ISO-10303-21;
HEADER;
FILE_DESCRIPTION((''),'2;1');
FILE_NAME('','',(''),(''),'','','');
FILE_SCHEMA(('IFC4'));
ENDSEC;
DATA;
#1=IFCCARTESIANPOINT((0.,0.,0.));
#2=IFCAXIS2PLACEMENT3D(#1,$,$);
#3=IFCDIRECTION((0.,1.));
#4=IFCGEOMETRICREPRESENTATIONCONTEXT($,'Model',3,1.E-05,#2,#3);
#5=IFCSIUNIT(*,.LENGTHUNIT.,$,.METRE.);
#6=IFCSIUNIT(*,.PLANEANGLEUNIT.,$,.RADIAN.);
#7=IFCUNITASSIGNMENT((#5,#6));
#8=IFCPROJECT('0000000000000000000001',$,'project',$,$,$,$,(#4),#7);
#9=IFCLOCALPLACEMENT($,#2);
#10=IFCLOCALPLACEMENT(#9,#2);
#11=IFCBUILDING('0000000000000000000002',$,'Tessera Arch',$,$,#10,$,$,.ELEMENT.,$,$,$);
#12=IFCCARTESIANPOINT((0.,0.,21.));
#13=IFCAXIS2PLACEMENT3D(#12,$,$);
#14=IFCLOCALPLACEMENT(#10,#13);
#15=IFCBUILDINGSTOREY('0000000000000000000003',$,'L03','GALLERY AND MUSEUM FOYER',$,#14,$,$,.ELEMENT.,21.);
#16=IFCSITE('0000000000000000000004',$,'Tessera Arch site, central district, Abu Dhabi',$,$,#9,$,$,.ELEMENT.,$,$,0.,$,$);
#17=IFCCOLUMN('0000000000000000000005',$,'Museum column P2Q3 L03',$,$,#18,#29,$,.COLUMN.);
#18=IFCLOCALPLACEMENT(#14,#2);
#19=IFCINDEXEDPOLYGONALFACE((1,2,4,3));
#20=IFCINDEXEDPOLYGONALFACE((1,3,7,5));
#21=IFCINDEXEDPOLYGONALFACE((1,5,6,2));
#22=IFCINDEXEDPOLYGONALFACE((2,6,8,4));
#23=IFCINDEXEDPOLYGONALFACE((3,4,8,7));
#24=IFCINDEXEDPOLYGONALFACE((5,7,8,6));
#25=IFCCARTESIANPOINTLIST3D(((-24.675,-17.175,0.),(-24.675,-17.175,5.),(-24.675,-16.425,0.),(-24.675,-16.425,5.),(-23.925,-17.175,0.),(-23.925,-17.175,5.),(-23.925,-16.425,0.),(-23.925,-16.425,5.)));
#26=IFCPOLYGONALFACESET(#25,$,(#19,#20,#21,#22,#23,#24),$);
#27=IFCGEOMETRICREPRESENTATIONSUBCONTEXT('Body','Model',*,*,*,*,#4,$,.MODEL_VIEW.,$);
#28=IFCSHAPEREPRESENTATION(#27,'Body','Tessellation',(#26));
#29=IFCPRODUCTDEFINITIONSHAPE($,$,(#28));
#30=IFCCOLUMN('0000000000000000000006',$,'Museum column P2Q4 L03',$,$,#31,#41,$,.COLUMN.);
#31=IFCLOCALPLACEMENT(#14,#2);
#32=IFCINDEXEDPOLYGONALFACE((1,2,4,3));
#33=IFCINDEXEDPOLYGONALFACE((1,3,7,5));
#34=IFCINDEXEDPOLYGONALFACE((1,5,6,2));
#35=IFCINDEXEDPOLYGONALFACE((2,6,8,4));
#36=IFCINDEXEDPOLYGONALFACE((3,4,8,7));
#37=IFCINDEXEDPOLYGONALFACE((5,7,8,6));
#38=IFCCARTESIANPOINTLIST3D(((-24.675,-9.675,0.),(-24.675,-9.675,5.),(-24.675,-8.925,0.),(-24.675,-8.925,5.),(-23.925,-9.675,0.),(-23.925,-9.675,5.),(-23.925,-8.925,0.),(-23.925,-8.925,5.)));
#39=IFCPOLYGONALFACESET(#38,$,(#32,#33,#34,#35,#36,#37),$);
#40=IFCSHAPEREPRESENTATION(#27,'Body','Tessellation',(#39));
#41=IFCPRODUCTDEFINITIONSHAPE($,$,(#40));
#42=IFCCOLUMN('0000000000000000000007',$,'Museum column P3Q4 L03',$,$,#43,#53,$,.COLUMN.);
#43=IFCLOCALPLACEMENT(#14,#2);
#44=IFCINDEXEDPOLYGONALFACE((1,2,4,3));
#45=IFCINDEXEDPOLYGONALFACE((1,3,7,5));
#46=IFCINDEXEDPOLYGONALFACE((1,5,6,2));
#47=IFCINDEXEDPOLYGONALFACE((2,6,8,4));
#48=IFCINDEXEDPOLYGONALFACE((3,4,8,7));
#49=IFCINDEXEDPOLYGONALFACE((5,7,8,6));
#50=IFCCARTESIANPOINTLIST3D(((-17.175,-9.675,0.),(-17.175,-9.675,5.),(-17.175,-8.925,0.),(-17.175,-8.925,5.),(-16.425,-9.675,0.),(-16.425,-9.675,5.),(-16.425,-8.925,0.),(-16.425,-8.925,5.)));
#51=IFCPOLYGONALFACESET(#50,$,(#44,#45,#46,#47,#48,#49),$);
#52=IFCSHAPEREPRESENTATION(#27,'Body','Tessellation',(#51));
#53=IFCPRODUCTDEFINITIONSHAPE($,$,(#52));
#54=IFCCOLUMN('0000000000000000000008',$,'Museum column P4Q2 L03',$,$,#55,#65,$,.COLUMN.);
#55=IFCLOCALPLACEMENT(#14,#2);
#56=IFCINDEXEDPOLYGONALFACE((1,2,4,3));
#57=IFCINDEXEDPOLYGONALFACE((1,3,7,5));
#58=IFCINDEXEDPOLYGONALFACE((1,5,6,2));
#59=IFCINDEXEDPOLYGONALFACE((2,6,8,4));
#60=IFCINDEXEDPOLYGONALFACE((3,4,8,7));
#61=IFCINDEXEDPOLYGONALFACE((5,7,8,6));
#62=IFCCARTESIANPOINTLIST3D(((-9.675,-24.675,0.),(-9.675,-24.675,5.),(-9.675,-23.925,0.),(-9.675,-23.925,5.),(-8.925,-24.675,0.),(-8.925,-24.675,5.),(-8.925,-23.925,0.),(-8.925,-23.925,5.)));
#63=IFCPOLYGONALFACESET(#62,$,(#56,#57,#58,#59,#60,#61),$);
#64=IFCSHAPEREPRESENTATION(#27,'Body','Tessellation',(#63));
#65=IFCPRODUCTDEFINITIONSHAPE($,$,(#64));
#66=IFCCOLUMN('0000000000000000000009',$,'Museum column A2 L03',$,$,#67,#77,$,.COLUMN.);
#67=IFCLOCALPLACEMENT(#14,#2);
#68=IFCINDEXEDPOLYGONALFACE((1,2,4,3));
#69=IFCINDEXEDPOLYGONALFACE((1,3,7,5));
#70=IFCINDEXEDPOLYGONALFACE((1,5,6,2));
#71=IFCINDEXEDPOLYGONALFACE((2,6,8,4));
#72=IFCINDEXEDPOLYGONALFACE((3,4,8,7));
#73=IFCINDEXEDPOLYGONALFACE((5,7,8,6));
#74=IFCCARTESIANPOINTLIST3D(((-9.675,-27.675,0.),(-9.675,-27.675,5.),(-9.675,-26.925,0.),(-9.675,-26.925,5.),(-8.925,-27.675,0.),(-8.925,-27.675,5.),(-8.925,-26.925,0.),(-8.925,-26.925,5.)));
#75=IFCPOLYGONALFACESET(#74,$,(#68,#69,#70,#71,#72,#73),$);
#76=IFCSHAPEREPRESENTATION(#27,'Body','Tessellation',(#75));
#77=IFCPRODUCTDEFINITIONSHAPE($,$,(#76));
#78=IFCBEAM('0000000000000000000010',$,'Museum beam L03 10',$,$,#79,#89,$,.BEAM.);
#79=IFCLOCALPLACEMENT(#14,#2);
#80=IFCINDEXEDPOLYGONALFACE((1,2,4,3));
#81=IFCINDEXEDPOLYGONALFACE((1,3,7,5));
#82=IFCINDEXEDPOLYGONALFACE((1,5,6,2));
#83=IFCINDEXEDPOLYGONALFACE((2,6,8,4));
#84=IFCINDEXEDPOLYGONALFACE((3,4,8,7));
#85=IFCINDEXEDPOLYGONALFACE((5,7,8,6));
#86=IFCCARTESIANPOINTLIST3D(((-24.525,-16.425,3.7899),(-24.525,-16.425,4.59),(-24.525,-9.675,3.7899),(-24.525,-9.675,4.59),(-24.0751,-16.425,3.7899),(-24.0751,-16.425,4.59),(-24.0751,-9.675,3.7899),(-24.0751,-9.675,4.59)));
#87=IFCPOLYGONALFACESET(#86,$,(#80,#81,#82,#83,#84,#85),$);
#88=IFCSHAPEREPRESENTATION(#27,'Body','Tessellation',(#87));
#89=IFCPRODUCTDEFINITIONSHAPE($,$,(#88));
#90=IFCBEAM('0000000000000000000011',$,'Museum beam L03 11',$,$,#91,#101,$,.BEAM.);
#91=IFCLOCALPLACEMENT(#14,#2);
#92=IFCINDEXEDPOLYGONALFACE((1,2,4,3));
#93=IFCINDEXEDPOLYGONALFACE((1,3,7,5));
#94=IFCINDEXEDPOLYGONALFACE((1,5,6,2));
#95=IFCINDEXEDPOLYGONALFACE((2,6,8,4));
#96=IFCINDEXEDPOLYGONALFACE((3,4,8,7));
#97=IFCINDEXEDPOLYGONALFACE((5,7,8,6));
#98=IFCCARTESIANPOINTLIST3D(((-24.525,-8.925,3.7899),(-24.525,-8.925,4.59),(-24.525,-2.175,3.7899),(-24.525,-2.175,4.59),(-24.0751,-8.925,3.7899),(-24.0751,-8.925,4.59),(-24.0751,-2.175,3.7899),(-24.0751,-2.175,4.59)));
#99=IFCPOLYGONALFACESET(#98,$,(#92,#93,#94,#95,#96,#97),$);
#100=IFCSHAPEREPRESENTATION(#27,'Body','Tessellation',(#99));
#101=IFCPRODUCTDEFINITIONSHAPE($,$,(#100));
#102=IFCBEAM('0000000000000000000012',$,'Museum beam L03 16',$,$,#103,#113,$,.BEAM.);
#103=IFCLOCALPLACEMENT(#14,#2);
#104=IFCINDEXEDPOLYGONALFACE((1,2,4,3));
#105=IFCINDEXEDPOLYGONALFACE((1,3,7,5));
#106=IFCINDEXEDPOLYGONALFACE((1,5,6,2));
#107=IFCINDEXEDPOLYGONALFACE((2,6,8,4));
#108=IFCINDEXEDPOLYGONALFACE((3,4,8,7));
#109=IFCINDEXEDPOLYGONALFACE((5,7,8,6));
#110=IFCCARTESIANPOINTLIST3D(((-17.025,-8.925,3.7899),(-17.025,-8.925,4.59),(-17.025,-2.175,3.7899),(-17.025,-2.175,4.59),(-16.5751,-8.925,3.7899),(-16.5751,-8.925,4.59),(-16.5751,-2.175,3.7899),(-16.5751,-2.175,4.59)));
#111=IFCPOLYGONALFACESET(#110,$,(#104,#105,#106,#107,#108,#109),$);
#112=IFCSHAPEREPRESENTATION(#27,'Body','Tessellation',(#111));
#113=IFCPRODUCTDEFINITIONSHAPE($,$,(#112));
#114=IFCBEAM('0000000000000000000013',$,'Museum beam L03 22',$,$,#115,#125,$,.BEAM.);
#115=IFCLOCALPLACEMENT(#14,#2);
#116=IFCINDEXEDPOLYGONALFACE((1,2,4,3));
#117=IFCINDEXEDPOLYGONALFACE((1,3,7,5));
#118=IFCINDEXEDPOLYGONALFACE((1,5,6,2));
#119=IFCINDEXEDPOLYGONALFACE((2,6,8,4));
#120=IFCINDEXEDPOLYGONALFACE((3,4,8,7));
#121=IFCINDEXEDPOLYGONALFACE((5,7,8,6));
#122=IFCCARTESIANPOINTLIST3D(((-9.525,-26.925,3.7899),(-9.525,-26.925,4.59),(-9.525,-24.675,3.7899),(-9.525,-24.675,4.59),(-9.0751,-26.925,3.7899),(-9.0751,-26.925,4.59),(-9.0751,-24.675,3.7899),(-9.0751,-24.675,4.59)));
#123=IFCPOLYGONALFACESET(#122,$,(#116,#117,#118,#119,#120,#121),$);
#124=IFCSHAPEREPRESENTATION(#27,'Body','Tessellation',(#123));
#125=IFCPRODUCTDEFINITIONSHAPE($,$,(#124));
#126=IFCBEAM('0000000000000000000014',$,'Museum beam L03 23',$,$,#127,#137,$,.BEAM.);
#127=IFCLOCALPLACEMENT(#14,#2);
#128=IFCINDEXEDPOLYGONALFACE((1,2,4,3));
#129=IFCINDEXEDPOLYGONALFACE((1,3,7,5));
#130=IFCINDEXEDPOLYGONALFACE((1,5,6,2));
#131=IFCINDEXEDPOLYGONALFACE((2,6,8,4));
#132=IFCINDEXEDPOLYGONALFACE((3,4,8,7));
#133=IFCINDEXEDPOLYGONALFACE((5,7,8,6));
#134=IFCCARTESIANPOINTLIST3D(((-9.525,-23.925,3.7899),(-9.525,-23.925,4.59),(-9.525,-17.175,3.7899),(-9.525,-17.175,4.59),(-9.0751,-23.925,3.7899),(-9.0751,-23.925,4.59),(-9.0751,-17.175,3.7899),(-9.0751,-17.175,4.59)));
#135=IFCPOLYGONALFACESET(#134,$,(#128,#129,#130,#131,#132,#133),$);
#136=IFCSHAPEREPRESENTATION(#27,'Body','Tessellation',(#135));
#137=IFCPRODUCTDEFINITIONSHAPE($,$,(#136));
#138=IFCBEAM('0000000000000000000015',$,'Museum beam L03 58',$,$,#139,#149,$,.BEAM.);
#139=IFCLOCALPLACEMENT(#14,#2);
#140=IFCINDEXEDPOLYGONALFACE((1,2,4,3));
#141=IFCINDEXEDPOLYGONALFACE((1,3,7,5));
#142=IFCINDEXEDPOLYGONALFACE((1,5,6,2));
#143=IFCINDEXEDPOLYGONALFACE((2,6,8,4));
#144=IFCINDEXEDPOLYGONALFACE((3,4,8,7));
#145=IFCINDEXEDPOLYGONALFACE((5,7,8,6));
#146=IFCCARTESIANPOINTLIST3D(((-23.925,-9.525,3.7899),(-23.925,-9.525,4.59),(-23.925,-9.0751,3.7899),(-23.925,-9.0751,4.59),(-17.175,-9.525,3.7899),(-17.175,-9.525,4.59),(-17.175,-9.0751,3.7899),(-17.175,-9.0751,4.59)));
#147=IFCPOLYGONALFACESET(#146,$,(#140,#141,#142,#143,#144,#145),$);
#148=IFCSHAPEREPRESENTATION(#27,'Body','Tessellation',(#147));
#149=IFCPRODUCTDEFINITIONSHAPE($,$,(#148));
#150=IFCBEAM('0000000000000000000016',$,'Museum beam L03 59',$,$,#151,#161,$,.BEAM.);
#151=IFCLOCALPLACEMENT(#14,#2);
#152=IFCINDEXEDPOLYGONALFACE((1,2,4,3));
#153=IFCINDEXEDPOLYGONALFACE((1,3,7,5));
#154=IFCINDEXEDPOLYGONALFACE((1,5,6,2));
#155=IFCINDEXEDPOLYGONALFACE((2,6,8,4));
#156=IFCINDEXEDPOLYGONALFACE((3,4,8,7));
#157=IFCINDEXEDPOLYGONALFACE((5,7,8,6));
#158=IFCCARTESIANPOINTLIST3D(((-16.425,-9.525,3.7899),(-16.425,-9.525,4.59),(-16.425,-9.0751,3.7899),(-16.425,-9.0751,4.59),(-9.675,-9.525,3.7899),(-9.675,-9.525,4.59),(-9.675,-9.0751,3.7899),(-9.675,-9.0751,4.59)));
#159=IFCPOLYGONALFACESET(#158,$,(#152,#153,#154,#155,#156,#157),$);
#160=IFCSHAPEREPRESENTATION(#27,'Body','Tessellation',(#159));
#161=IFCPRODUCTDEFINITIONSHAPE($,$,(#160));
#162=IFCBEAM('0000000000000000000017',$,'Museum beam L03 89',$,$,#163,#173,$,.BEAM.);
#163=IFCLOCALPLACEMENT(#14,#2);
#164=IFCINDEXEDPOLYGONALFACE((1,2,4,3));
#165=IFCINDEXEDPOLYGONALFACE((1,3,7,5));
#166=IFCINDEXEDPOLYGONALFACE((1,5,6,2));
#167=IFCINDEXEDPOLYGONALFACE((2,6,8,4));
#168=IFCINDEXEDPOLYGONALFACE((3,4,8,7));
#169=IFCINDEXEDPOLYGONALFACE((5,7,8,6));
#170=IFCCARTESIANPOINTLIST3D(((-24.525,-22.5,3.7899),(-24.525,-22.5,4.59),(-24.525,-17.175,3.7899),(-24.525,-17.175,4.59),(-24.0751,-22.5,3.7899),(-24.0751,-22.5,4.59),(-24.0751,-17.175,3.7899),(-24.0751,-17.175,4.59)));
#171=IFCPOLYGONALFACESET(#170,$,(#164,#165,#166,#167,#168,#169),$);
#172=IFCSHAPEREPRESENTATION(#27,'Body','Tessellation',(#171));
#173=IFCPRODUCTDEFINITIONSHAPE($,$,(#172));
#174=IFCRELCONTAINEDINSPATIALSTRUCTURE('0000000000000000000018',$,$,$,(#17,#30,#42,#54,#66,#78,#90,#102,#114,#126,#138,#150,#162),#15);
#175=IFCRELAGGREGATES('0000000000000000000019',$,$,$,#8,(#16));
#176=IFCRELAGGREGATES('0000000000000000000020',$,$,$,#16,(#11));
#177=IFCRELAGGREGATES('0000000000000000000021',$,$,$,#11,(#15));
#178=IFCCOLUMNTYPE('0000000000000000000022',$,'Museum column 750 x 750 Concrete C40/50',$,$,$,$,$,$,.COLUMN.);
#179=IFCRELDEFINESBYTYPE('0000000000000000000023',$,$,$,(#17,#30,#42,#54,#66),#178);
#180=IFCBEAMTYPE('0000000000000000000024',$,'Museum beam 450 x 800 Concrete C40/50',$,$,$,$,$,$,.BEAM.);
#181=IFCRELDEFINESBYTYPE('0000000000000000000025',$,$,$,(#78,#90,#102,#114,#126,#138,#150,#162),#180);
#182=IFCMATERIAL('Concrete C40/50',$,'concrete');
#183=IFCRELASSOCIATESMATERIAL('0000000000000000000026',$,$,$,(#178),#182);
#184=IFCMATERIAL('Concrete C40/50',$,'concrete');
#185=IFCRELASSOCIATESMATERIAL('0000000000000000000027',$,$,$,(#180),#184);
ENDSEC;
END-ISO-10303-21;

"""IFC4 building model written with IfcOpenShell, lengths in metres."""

from ifc_helpers import new_model, si_unit, direction, frame, origin, origin_2d, place, context, subcontext, project, spatial, rectangle, extrude, material, material_profile, profile_set, type_object, element, save


model = new_model("IFC4")

# Units and contexts
model_context = context("Model", 3, precision=1e-05, world=origin(), true_north=direction((0.0, 1.0)))
body_context = subcontext(model_context, "Body", "Model", "MODEL_VIEW")
ifc_project = project(units=[si_unit("LENGTHUNIT", "METRE"), si_unit("PLANEANGLEUNIT", "RADIAN")], contexts=[model_context])

# Site, building, storey
site_placement = place(None, origin())
site = spatial("IfcSite", under=ifc_project, at=site_placement, Name="Tessera Arch site, central district, Abu Dhabi", CompositionType="ELEMENT", RefElevation=0.0)
building_placement = place(site_placement, origin())
building = spatial("IfcBuilding", under=site, at=building_placement, Name="Tessera Arch", CompositionType="ELEMENT")
storey_placement = place(building_placement, frame((0.0, 0.0, 21.0)))
storey = spatial("IfcBuildingStorey", under=building, at=storey_placement, Name="L03", Description="GALLERY AND MUSEUM FOYER", CompositionType="ELEMENT", Elevation=21.0)

# Columns
ifc_material_1 = material(Name="Concrete C40/50", Category="concrete")
ifc_material_profile_1 = material_profile(ifc_material_1, rectangle(XDim=0.75, YDim=0.75, at=origin_2d()), Name="Museum column 750 x 750 Concrete C40/50")
ifc_profile_set_1 = profile_set([ifc_material_profile_1], Name="Concrete C40/50")
column_type = type_object("IfcColumnType", Name="Museum column 750 x 750 Concrete C40/50", PredefinedType="COLUMN", material=ifc_profile_set_1)
for number, where, z_axis, x_axis, name in (
    (1, (-24.3, -16.8, 0.0), (0.0, 0.0, 1.0), (1.0, 0.0, 0.0), "Museum column P2Q3 L03"),
    (2, (-24.3, -9.3, 0.0), (0.0, 0.0, 1.0), (1.0, 0.0, 0.0), "Museum column P2Q4 L03"),
    (3, (-16.8, -9.3, 0.0), (0.0, 0.0, 1.0), (1.0, 0.0, 0.0), "Museum column P3Q4 L03"),
    (4, (-9.3, -24.3, 0.0), (0.0, 0.0, 1.0), (1.0, 0.0, 0.0), "Museum column P4Q2 L03"),
    (5, (-9.3, -27.3, 0.0), (0.0, 0.0, 1.0), (1.0, 0.0, 0.0), "Museum column A2 L03"),
):
    element("IfcColumn", number, at=place(storey_placement, frame(where, z_axis=z_axis, x_axis=x_axis)), inside=storey, type_object=column_type, Name=name, PredefinedType="COLUMN", context=body_context, shape_type="SweptSolid", body=[
        extrude(rectangle(XDim=0.75, YDim=0.75, at=origin_2d()), origin(), (0.0, 0.0, 1.0), 5.0),
    ])

# Beams
ifc_material_2 = material(Name="Concrete C40/50", Category="concrete")
ifc_material_profile_2 = material_profile(ifc_material_2, rectangle(XDim=0.45, YDim=0.8, at=origin_2d()), Name="Museum beam 450 x 800 Concrete C40/50")
ifc_profile_set_2 = profile_set([ifc_material_profile_2], Name="Concrete C40/50")
beam_type = type_object("IfcBeamType", Name="Museum beam 450 x 800 Concrete C40/50", PredefinedType="BEAM", material=ifc_profile_set_2)
for number, where, z_axis, x_axis, name in (
    (6, (-24.3, -16.425, 4.1899), (0.0, 1.0, 0.0), (-1.0, 0.0, 0.0), "Museum beam L03 10"),
    (7, (-24.3, -8.925, 4.1899), (0.0, 1.0, 0.0), (-1.0, 0.0, 0.0), "Museum beam L03 11"),
    (8, (-16.8, -8.925, 4.1899), (0.0, 1.0, 0.0), (-1.0, 0.0, 0.0), "Museum beam L03 16"),
):
    element("IfcBeam", number, at=place(storey_placement, frame(where, z_axis=z_axis, x_axis=x_axis)), inside=storey, type_object=beam_type, Name=name, PredefinedType="BEAM", context=body_context, shape_type="SweptSolid", body=[
        extrude(rectangle(XDim=0.45, YDim=0.8, at=origin_2d()), origin(), (0.0, 0.0, 1.0), 6.75),
    ])
beam_1_placement = place(storey_placement, frame((-9.3, -26.925, 4.1899), z_axis=(0.0, 1.0, 0.0), x_axis=(-1.0, 0.0, 0.0)))
element("IfcBeam", 9, at=beam_1_placement, inside=storey, type_object=beam_type, Name="Museum beam L03 22", PredefinedType="BEAM", context=body_context, shape_type="SweptSolid", body=[
    extrude(rectangle(XDim=0.45, YDim=0.8, at=origin_2d()), origin(), (0.0, 0.0, 1.0), 2.25),
])
for number, where, z_axis, x_axis, name in (
    (10, (-9.3, -23.925, 4.1899), (0.0, 1.0, 0.0), (-1.0, 0.0, 0.0), "Museum beam L03 23"),
    (11, (-23.925, -9.3, 4.1899), (1.0, 0.0, 0.0), (0.0, 1.0, 0.0), "Museum beam L03 58"),
    (12, (-16.425, -9.3, 4.1899), (1.0, 0.0, 0.0), (0.0, 1.0, 0.0), "Museum beam L03 59"),
):
    element("IfcBeam", number, at=place(storey_placement, frame(where, z_axis=z_axis, x_axis=x_axis)), inside=storey, type_object=beam_type, Name=name, PredefinedType="BEAM", context=body_context, shape_type="SweptSolid", body=[
        extrude(rectangle(XDim=0.45, YDim=0.8, at=origin_2d()), origin(), (0.0, 0.0, 1.0), 6.75),
    ])
beam_2_placement = place(storey_placement, frame((-24.3, -17.175, 4.1899), z_axis=(0.0, -1.0, 0.0), x_axis=(1.0, 0.0, 0.0)))
element("IfcBeam", 13, at=beam_2_placement, inside=storey, type_object=beam_type, Name="Museum beam L03 89", PredefinedType="BEAM", context=body_context, shape_type="SweptSolid", body=[
    extrude(rectangle(XDim=0.45, YDim=0.8, at=origin_2d()), origin(), (0.0, 0.0, 1.0), 5.325),
])

save(model, "model.ifc")
